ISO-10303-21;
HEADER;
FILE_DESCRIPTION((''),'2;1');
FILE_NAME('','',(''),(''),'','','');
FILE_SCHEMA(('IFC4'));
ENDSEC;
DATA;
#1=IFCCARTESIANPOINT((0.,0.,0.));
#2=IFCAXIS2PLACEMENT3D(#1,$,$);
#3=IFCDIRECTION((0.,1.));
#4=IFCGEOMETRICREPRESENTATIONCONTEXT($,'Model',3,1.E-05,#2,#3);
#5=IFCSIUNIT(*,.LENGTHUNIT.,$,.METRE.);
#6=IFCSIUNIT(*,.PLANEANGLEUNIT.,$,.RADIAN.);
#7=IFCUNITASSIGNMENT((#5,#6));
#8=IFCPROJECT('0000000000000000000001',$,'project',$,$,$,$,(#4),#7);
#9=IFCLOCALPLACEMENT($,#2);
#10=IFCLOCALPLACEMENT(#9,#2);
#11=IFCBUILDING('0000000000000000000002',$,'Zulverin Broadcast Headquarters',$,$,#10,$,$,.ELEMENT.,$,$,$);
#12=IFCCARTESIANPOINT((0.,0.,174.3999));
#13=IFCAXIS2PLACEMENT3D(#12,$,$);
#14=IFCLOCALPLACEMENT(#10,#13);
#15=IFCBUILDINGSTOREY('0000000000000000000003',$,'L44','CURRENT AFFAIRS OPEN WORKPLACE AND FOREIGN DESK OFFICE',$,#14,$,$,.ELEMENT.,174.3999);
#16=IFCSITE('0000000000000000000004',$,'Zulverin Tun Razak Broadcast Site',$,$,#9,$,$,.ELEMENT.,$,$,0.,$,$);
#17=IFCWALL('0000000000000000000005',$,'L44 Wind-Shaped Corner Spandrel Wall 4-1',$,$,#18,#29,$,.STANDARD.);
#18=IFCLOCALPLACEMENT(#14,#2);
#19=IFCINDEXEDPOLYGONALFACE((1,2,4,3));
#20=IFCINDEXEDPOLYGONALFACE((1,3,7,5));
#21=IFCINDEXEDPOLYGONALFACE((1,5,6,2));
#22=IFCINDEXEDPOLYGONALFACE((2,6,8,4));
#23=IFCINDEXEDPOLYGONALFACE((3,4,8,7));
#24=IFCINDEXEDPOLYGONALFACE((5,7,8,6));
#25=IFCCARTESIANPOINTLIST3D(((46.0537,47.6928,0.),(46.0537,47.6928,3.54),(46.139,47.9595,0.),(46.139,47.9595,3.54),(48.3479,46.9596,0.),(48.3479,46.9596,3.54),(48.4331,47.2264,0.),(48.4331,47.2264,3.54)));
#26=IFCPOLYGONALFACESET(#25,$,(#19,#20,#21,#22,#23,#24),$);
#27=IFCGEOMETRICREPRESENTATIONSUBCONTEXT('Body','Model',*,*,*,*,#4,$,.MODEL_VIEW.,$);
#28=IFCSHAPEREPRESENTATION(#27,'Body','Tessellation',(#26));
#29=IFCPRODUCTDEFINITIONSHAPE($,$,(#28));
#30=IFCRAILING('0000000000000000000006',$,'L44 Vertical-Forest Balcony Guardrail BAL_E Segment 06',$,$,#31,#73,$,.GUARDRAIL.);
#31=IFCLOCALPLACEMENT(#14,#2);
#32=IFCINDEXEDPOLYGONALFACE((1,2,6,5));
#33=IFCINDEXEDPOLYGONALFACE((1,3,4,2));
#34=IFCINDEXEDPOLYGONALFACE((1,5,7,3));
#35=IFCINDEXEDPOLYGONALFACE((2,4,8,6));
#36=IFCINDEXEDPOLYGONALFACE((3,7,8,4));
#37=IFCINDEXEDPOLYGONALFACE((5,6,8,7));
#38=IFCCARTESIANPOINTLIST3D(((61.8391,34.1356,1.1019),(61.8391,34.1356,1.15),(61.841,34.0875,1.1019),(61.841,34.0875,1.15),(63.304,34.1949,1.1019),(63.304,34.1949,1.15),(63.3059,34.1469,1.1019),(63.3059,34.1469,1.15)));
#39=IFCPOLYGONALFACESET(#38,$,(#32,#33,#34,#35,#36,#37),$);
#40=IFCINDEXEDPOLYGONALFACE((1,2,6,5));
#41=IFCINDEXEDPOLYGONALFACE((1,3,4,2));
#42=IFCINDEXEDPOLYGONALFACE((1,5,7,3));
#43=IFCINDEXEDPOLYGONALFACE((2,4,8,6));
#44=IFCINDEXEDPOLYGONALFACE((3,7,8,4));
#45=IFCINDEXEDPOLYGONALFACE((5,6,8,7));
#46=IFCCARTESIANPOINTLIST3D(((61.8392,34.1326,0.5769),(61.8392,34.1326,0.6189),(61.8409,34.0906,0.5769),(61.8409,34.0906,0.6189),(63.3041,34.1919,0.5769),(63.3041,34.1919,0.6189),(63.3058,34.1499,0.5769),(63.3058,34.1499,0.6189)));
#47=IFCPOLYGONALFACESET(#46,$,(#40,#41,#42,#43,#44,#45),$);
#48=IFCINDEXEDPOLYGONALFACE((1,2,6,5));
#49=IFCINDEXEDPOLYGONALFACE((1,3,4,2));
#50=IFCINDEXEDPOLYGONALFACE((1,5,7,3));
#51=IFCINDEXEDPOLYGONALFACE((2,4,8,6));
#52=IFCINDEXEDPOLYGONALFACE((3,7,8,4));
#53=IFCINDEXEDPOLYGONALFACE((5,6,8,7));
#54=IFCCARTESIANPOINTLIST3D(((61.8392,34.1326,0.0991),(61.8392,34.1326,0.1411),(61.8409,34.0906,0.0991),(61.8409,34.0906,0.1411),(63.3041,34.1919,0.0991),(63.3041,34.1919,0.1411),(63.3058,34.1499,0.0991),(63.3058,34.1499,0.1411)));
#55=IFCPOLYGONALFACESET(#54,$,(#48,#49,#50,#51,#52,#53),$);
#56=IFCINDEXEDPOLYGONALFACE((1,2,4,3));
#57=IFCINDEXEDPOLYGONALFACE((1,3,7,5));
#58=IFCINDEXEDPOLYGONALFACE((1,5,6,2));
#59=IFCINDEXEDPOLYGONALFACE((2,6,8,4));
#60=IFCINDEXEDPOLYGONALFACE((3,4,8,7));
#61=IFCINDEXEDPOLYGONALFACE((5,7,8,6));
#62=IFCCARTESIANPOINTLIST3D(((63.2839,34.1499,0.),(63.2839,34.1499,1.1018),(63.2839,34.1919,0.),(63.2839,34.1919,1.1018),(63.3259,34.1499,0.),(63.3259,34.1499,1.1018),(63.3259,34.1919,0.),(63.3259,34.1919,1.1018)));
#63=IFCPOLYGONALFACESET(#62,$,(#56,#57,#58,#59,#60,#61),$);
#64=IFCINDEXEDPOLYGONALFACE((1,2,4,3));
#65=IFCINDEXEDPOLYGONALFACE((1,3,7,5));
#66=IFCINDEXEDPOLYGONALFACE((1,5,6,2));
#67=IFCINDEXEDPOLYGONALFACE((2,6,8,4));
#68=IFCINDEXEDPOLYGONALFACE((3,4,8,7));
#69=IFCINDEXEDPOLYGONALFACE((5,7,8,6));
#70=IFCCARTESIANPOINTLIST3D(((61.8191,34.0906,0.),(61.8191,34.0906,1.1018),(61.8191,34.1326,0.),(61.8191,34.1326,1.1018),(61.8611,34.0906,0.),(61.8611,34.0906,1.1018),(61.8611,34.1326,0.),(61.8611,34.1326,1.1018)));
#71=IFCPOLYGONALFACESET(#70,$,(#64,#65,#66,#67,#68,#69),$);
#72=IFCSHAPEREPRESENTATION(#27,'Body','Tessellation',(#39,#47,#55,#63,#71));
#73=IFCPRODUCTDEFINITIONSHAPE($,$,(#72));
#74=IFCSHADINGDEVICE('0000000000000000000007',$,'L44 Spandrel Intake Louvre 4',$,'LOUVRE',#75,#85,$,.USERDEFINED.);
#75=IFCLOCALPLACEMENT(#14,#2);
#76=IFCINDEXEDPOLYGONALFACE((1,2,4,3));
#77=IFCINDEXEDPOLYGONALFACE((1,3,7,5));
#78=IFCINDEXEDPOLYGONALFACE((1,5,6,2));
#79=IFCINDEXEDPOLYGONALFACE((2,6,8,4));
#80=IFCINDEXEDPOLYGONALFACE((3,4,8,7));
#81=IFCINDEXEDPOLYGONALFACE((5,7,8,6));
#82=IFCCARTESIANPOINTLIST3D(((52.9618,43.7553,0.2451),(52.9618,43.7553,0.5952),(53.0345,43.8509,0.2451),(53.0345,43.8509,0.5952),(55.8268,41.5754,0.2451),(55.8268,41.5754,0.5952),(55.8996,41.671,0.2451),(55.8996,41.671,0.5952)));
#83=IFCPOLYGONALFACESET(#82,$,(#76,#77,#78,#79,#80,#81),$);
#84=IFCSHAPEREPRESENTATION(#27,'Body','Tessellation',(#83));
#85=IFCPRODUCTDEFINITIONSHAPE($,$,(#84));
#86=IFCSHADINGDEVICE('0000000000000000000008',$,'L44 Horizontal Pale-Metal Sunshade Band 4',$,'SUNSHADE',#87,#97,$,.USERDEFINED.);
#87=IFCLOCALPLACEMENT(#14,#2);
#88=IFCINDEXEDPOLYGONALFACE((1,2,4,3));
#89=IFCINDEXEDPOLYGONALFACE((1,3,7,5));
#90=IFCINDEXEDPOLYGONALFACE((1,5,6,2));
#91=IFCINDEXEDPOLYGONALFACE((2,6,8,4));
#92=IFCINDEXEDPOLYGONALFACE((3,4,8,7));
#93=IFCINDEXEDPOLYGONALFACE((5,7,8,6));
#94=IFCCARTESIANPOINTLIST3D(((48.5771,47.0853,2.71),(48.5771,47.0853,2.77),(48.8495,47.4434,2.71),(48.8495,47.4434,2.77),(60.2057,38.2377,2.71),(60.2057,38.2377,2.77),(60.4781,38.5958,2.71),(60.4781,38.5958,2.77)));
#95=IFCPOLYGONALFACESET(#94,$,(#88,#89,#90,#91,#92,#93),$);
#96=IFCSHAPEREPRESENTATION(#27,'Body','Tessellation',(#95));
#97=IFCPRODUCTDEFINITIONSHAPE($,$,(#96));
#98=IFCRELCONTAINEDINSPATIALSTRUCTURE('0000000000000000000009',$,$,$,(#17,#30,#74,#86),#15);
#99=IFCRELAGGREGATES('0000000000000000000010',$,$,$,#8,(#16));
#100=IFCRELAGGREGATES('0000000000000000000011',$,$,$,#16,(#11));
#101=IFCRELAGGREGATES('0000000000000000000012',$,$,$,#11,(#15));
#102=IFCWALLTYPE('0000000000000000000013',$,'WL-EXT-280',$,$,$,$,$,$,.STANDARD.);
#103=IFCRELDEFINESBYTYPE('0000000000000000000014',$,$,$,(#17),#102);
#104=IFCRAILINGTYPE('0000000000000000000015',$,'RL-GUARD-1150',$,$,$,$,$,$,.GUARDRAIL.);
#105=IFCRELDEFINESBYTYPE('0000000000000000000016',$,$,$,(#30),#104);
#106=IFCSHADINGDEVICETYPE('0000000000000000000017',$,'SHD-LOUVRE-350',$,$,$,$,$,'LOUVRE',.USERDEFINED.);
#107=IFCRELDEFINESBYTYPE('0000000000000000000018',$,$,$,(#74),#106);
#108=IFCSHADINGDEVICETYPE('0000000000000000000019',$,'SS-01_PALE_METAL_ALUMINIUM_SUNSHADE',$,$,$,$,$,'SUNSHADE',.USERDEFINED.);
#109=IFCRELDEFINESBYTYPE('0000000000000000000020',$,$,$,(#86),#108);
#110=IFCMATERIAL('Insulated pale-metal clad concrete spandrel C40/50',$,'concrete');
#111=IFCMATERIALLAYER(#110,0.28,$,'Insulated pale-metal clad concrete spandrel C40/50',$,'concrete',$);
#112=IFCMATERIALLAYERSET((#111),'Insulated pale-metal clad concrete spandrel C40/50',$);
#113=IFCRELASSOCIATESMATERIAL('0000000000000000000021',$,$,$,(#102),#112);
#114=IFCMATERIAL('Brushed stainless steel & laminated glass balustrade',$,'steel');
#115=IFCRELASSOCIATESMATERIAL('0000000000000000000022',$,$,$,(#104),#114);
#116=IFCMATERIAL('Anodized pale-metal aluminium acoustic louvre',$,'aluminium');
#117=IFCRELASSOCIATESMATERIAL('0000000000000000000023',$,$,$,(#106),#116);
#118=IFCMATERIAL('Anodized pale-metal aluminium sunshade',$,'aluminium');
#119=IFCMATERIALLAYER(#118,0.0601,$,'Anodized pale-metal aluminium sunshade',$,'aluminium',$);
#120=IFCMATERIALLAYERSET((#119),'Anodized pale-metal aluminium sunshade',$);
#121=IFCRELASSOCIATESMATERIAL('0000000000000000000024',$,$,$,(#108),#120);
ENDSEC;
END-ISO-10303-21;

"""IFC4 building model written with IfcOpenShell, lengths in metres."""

from ifc_helpers import new_model, si_unit, direction, frame, frame_2d, origin, origin_2d, place, context, subcontext, project, spatial, rectangle, extrude, material, layer, layer_set, type_object, element, save


model = new_model("IFC4")

# Units and contexts
model_context = context("Model", 3, precision=1e-05, world=origin(), true_north=direction((0.0, 1.0)))
body_context = subcontext(model_context, "Body", "Model", "MODEL_VIEW")
ifc_project = project(units=[si_unit("LENGTHUNIT", "METRE"), si_unit("PLANEANGLEUNIT", "RADIAN")], contexts=[model_context])

# Site, building, storey
site_placement = place(None, origin())
site = spatial("IfcSite", under=ifc_project, at=site_placement, Name="Zulverin Tun Razak Broadcast Site", CompositionType="ELEMENT", RefElevation=0.0)
building_placement = place(site_placement, origin())
building = spatial("IfcBuilding", under=site, at=building_placement, Name="Zulverin Broadcast Headquarters", CompositionType="ELEMENT")
storey_placement = place(building_placement, frame((0.0, 0.0, 174.3999)))
storey = spatial("IfcBuildingStorey", under=building, at=storey_placement, Name="L44", Description="CURRENT AFFAIRS OPEN WORKPLACE AND FOREIGN DESK OFFICE", CompositionType="ELEMENT", Elevation=174.3999)

# Shared definitions
ifc_material_1 = material(Name="Insulated pale-metal clad concrete spandrel C40/50", Category="concrete")
ifc_layer_1 = layer(ifc_material_1, 0.28, Name="Insulated pale-metal clad concrete spandrel C40/50", Category="concrete")
ifc_layer_set_1 = layer_set([ifc_layer_1], Name="Insulated pale-metal clad concrete spandrel C40/50")
wall_type = type_object("IfcWallType", Name="WL-EXT-280", PredefinedType="STANDARD", material=ifc_layer_set_1)

# Wall
wall_1_placement = place(storey_placement, frame((48.3904, 47.093, 0.0), z_axis=(0.0, 0.0, 1.0), x_axis=(-0.952543, 0.304404, 0.0)))
element("IfcWall", 1, at=wall_1_placement, inside=storey, type_object=wall_type, Name="L44 Wind-Shaped Corner Spandrel Wall 4-1", PredefinedType="STANDARD", context=body_context, shape_type="SweptSolid", body=[
    extrude(rectangle(XDim=2.4084, YDim=0.28, at=frame_2d((1.2041, 0.0))), origin(), (0.0, 0.0, 1.0), 3.54),
])

# Railing
ifc_material_2 = material(Name="Brushed stainless steel & laminated glass balustrade", Category="steel")
railing_type = type_object("IfcRailingType", Name="RL-GUARD-1150", PredefinedType="GUARDRAIL", material=ifc_material_2)
railing_placement = place(storey_placement, frame((63.3049, 34.1709, 0.0)))
element("IfcRailing", 2, at=railing_placement, inside=storey, type_object=railing_type, Name="L44 Vertical-Forest Balcony Guardrail BAL_E Segment 06", PredefinedType="GUARDRAIL", context=body_context, shape_type="SweptSolid", body=[
    extrude(rectangle(XDim=0.0481, YDim=0.0481, at=origin_2d()), frame((0.0, 0.0, 1.126), z_axis=(-0.999181, -0.040467, 0.0), x_axis=(0.040467, -0.999181, 0.0)), (0.0, 0.0, 1.0), 1.4661),
    extrude(rectangle(XDim=0.042, YDim=0.042, at=origin_2d()), frame((0.0, 0.0, 0.5979), z_axis=(-0.999181, -0.040467, 0.0), x_axis=(0.040467, -0.999181, 0.0)), (0.0, 0.0, 1.0), 1.4661),
    extrude(rectangle(XDim=0.042, YDim=0.042, at=origin_2d()), frame((0.0, 0.0, 0.1201), z_axis=(-0.999181, -0.040467, 0.0), x_axis=(0.040467, -0.999181, 0.0)), (0.0, 0.0, 1.0), 1.4661),
    extrude(rectangle(XDim=0.042, YDim=0.042, at=origin_2d()), origin(), (0.0, 0.0, 1.0), 1.1018),
    extrude(rectangle(XDim=0.042, YDim=0.042, at=origin_2d()), frame((-1.4648, -0.0593, 0.0)), (0.0, 0.0, 1.0), 1.1018),
])

# Shading devices
ifc_material_3 = material(Name="Anodized pale-metal aluminium acoustic louvre", Category="aluminium")
shading_device_type_1 = type_object("IfcShadingDeviceType", Name="SHD-LOUVRE-350", ElementType="LOUVRE", PredefinedType="USERDEFINED", material=ifc_material_3)
shading_device_1_placement = place(storey_placement, frame((54.4307, 42.7131, 0.2451), z_axis=(0.0, 0.0, 1.0), x_axis=(-0.795836, 0.605512, 0.0)))
element("IfcShadingDevice", 3, at=shading_device_1_placement, inside=storey, type_object=shading_device_type_1, Name="L44 Spandrel Intake Louvre 4", ObjectType="LOUVRE", PredefinedType="USERDEFINED", context=body_context, shape_type="SweptSolid", body=[
    extrude(rectangle(XDim=3.6001, YDim=0.1201, at=origin_2d()), origin(), (0.0, 0.0, 1.0), 0.3501),
])
ifc_material_4 = material(Name="Anodized pale-metal aluminium sunshade", Category="aluminium")
ifc_layer_2 = layer(ifc_material_4, 0.0601, Name="Anodized pale-metal aluminium sunshade", Category="aluminium")
ifc_layer_set_2 = layer_set([ifc_layer_2], Name="Anodized pale-metal aluminium sunshade")
shading_device_type_2 = type_object("IfcShadingDeviceType", Name="SS-01_PALE_METAL_ALUMINIUM_SUNSHADE", ElementType="SUNSHADE", PredefinedType="USERDEFINED", material=ifc_layer_set_2)
shading_device_2_placement = place(storey_placement, frame((54.5276, 42.8406, 2.71), z_axis=(0.0, 0.0, 1.0), x_axis=(-0.795836, 0.605512, 0.0)))
element("IfcShadingDevice", 4, at=shading_device_2_placement, inside=storey, type_object=shading_device_type_2, Name="L44 Horizontal Pale-Metal Sunshade Band 4", ObjectType="SUNSHADE", PredefinedType="USERDEFINED", context=body_context, shape_type="SweptSolid", body=[
    extrude(rectangle(XDim=14.6118, YDim=0.45, at=origin_2d()), origin(), (0.0, 0.0, 1.0), 0.0601),
])

save(model, "model.ifc")
